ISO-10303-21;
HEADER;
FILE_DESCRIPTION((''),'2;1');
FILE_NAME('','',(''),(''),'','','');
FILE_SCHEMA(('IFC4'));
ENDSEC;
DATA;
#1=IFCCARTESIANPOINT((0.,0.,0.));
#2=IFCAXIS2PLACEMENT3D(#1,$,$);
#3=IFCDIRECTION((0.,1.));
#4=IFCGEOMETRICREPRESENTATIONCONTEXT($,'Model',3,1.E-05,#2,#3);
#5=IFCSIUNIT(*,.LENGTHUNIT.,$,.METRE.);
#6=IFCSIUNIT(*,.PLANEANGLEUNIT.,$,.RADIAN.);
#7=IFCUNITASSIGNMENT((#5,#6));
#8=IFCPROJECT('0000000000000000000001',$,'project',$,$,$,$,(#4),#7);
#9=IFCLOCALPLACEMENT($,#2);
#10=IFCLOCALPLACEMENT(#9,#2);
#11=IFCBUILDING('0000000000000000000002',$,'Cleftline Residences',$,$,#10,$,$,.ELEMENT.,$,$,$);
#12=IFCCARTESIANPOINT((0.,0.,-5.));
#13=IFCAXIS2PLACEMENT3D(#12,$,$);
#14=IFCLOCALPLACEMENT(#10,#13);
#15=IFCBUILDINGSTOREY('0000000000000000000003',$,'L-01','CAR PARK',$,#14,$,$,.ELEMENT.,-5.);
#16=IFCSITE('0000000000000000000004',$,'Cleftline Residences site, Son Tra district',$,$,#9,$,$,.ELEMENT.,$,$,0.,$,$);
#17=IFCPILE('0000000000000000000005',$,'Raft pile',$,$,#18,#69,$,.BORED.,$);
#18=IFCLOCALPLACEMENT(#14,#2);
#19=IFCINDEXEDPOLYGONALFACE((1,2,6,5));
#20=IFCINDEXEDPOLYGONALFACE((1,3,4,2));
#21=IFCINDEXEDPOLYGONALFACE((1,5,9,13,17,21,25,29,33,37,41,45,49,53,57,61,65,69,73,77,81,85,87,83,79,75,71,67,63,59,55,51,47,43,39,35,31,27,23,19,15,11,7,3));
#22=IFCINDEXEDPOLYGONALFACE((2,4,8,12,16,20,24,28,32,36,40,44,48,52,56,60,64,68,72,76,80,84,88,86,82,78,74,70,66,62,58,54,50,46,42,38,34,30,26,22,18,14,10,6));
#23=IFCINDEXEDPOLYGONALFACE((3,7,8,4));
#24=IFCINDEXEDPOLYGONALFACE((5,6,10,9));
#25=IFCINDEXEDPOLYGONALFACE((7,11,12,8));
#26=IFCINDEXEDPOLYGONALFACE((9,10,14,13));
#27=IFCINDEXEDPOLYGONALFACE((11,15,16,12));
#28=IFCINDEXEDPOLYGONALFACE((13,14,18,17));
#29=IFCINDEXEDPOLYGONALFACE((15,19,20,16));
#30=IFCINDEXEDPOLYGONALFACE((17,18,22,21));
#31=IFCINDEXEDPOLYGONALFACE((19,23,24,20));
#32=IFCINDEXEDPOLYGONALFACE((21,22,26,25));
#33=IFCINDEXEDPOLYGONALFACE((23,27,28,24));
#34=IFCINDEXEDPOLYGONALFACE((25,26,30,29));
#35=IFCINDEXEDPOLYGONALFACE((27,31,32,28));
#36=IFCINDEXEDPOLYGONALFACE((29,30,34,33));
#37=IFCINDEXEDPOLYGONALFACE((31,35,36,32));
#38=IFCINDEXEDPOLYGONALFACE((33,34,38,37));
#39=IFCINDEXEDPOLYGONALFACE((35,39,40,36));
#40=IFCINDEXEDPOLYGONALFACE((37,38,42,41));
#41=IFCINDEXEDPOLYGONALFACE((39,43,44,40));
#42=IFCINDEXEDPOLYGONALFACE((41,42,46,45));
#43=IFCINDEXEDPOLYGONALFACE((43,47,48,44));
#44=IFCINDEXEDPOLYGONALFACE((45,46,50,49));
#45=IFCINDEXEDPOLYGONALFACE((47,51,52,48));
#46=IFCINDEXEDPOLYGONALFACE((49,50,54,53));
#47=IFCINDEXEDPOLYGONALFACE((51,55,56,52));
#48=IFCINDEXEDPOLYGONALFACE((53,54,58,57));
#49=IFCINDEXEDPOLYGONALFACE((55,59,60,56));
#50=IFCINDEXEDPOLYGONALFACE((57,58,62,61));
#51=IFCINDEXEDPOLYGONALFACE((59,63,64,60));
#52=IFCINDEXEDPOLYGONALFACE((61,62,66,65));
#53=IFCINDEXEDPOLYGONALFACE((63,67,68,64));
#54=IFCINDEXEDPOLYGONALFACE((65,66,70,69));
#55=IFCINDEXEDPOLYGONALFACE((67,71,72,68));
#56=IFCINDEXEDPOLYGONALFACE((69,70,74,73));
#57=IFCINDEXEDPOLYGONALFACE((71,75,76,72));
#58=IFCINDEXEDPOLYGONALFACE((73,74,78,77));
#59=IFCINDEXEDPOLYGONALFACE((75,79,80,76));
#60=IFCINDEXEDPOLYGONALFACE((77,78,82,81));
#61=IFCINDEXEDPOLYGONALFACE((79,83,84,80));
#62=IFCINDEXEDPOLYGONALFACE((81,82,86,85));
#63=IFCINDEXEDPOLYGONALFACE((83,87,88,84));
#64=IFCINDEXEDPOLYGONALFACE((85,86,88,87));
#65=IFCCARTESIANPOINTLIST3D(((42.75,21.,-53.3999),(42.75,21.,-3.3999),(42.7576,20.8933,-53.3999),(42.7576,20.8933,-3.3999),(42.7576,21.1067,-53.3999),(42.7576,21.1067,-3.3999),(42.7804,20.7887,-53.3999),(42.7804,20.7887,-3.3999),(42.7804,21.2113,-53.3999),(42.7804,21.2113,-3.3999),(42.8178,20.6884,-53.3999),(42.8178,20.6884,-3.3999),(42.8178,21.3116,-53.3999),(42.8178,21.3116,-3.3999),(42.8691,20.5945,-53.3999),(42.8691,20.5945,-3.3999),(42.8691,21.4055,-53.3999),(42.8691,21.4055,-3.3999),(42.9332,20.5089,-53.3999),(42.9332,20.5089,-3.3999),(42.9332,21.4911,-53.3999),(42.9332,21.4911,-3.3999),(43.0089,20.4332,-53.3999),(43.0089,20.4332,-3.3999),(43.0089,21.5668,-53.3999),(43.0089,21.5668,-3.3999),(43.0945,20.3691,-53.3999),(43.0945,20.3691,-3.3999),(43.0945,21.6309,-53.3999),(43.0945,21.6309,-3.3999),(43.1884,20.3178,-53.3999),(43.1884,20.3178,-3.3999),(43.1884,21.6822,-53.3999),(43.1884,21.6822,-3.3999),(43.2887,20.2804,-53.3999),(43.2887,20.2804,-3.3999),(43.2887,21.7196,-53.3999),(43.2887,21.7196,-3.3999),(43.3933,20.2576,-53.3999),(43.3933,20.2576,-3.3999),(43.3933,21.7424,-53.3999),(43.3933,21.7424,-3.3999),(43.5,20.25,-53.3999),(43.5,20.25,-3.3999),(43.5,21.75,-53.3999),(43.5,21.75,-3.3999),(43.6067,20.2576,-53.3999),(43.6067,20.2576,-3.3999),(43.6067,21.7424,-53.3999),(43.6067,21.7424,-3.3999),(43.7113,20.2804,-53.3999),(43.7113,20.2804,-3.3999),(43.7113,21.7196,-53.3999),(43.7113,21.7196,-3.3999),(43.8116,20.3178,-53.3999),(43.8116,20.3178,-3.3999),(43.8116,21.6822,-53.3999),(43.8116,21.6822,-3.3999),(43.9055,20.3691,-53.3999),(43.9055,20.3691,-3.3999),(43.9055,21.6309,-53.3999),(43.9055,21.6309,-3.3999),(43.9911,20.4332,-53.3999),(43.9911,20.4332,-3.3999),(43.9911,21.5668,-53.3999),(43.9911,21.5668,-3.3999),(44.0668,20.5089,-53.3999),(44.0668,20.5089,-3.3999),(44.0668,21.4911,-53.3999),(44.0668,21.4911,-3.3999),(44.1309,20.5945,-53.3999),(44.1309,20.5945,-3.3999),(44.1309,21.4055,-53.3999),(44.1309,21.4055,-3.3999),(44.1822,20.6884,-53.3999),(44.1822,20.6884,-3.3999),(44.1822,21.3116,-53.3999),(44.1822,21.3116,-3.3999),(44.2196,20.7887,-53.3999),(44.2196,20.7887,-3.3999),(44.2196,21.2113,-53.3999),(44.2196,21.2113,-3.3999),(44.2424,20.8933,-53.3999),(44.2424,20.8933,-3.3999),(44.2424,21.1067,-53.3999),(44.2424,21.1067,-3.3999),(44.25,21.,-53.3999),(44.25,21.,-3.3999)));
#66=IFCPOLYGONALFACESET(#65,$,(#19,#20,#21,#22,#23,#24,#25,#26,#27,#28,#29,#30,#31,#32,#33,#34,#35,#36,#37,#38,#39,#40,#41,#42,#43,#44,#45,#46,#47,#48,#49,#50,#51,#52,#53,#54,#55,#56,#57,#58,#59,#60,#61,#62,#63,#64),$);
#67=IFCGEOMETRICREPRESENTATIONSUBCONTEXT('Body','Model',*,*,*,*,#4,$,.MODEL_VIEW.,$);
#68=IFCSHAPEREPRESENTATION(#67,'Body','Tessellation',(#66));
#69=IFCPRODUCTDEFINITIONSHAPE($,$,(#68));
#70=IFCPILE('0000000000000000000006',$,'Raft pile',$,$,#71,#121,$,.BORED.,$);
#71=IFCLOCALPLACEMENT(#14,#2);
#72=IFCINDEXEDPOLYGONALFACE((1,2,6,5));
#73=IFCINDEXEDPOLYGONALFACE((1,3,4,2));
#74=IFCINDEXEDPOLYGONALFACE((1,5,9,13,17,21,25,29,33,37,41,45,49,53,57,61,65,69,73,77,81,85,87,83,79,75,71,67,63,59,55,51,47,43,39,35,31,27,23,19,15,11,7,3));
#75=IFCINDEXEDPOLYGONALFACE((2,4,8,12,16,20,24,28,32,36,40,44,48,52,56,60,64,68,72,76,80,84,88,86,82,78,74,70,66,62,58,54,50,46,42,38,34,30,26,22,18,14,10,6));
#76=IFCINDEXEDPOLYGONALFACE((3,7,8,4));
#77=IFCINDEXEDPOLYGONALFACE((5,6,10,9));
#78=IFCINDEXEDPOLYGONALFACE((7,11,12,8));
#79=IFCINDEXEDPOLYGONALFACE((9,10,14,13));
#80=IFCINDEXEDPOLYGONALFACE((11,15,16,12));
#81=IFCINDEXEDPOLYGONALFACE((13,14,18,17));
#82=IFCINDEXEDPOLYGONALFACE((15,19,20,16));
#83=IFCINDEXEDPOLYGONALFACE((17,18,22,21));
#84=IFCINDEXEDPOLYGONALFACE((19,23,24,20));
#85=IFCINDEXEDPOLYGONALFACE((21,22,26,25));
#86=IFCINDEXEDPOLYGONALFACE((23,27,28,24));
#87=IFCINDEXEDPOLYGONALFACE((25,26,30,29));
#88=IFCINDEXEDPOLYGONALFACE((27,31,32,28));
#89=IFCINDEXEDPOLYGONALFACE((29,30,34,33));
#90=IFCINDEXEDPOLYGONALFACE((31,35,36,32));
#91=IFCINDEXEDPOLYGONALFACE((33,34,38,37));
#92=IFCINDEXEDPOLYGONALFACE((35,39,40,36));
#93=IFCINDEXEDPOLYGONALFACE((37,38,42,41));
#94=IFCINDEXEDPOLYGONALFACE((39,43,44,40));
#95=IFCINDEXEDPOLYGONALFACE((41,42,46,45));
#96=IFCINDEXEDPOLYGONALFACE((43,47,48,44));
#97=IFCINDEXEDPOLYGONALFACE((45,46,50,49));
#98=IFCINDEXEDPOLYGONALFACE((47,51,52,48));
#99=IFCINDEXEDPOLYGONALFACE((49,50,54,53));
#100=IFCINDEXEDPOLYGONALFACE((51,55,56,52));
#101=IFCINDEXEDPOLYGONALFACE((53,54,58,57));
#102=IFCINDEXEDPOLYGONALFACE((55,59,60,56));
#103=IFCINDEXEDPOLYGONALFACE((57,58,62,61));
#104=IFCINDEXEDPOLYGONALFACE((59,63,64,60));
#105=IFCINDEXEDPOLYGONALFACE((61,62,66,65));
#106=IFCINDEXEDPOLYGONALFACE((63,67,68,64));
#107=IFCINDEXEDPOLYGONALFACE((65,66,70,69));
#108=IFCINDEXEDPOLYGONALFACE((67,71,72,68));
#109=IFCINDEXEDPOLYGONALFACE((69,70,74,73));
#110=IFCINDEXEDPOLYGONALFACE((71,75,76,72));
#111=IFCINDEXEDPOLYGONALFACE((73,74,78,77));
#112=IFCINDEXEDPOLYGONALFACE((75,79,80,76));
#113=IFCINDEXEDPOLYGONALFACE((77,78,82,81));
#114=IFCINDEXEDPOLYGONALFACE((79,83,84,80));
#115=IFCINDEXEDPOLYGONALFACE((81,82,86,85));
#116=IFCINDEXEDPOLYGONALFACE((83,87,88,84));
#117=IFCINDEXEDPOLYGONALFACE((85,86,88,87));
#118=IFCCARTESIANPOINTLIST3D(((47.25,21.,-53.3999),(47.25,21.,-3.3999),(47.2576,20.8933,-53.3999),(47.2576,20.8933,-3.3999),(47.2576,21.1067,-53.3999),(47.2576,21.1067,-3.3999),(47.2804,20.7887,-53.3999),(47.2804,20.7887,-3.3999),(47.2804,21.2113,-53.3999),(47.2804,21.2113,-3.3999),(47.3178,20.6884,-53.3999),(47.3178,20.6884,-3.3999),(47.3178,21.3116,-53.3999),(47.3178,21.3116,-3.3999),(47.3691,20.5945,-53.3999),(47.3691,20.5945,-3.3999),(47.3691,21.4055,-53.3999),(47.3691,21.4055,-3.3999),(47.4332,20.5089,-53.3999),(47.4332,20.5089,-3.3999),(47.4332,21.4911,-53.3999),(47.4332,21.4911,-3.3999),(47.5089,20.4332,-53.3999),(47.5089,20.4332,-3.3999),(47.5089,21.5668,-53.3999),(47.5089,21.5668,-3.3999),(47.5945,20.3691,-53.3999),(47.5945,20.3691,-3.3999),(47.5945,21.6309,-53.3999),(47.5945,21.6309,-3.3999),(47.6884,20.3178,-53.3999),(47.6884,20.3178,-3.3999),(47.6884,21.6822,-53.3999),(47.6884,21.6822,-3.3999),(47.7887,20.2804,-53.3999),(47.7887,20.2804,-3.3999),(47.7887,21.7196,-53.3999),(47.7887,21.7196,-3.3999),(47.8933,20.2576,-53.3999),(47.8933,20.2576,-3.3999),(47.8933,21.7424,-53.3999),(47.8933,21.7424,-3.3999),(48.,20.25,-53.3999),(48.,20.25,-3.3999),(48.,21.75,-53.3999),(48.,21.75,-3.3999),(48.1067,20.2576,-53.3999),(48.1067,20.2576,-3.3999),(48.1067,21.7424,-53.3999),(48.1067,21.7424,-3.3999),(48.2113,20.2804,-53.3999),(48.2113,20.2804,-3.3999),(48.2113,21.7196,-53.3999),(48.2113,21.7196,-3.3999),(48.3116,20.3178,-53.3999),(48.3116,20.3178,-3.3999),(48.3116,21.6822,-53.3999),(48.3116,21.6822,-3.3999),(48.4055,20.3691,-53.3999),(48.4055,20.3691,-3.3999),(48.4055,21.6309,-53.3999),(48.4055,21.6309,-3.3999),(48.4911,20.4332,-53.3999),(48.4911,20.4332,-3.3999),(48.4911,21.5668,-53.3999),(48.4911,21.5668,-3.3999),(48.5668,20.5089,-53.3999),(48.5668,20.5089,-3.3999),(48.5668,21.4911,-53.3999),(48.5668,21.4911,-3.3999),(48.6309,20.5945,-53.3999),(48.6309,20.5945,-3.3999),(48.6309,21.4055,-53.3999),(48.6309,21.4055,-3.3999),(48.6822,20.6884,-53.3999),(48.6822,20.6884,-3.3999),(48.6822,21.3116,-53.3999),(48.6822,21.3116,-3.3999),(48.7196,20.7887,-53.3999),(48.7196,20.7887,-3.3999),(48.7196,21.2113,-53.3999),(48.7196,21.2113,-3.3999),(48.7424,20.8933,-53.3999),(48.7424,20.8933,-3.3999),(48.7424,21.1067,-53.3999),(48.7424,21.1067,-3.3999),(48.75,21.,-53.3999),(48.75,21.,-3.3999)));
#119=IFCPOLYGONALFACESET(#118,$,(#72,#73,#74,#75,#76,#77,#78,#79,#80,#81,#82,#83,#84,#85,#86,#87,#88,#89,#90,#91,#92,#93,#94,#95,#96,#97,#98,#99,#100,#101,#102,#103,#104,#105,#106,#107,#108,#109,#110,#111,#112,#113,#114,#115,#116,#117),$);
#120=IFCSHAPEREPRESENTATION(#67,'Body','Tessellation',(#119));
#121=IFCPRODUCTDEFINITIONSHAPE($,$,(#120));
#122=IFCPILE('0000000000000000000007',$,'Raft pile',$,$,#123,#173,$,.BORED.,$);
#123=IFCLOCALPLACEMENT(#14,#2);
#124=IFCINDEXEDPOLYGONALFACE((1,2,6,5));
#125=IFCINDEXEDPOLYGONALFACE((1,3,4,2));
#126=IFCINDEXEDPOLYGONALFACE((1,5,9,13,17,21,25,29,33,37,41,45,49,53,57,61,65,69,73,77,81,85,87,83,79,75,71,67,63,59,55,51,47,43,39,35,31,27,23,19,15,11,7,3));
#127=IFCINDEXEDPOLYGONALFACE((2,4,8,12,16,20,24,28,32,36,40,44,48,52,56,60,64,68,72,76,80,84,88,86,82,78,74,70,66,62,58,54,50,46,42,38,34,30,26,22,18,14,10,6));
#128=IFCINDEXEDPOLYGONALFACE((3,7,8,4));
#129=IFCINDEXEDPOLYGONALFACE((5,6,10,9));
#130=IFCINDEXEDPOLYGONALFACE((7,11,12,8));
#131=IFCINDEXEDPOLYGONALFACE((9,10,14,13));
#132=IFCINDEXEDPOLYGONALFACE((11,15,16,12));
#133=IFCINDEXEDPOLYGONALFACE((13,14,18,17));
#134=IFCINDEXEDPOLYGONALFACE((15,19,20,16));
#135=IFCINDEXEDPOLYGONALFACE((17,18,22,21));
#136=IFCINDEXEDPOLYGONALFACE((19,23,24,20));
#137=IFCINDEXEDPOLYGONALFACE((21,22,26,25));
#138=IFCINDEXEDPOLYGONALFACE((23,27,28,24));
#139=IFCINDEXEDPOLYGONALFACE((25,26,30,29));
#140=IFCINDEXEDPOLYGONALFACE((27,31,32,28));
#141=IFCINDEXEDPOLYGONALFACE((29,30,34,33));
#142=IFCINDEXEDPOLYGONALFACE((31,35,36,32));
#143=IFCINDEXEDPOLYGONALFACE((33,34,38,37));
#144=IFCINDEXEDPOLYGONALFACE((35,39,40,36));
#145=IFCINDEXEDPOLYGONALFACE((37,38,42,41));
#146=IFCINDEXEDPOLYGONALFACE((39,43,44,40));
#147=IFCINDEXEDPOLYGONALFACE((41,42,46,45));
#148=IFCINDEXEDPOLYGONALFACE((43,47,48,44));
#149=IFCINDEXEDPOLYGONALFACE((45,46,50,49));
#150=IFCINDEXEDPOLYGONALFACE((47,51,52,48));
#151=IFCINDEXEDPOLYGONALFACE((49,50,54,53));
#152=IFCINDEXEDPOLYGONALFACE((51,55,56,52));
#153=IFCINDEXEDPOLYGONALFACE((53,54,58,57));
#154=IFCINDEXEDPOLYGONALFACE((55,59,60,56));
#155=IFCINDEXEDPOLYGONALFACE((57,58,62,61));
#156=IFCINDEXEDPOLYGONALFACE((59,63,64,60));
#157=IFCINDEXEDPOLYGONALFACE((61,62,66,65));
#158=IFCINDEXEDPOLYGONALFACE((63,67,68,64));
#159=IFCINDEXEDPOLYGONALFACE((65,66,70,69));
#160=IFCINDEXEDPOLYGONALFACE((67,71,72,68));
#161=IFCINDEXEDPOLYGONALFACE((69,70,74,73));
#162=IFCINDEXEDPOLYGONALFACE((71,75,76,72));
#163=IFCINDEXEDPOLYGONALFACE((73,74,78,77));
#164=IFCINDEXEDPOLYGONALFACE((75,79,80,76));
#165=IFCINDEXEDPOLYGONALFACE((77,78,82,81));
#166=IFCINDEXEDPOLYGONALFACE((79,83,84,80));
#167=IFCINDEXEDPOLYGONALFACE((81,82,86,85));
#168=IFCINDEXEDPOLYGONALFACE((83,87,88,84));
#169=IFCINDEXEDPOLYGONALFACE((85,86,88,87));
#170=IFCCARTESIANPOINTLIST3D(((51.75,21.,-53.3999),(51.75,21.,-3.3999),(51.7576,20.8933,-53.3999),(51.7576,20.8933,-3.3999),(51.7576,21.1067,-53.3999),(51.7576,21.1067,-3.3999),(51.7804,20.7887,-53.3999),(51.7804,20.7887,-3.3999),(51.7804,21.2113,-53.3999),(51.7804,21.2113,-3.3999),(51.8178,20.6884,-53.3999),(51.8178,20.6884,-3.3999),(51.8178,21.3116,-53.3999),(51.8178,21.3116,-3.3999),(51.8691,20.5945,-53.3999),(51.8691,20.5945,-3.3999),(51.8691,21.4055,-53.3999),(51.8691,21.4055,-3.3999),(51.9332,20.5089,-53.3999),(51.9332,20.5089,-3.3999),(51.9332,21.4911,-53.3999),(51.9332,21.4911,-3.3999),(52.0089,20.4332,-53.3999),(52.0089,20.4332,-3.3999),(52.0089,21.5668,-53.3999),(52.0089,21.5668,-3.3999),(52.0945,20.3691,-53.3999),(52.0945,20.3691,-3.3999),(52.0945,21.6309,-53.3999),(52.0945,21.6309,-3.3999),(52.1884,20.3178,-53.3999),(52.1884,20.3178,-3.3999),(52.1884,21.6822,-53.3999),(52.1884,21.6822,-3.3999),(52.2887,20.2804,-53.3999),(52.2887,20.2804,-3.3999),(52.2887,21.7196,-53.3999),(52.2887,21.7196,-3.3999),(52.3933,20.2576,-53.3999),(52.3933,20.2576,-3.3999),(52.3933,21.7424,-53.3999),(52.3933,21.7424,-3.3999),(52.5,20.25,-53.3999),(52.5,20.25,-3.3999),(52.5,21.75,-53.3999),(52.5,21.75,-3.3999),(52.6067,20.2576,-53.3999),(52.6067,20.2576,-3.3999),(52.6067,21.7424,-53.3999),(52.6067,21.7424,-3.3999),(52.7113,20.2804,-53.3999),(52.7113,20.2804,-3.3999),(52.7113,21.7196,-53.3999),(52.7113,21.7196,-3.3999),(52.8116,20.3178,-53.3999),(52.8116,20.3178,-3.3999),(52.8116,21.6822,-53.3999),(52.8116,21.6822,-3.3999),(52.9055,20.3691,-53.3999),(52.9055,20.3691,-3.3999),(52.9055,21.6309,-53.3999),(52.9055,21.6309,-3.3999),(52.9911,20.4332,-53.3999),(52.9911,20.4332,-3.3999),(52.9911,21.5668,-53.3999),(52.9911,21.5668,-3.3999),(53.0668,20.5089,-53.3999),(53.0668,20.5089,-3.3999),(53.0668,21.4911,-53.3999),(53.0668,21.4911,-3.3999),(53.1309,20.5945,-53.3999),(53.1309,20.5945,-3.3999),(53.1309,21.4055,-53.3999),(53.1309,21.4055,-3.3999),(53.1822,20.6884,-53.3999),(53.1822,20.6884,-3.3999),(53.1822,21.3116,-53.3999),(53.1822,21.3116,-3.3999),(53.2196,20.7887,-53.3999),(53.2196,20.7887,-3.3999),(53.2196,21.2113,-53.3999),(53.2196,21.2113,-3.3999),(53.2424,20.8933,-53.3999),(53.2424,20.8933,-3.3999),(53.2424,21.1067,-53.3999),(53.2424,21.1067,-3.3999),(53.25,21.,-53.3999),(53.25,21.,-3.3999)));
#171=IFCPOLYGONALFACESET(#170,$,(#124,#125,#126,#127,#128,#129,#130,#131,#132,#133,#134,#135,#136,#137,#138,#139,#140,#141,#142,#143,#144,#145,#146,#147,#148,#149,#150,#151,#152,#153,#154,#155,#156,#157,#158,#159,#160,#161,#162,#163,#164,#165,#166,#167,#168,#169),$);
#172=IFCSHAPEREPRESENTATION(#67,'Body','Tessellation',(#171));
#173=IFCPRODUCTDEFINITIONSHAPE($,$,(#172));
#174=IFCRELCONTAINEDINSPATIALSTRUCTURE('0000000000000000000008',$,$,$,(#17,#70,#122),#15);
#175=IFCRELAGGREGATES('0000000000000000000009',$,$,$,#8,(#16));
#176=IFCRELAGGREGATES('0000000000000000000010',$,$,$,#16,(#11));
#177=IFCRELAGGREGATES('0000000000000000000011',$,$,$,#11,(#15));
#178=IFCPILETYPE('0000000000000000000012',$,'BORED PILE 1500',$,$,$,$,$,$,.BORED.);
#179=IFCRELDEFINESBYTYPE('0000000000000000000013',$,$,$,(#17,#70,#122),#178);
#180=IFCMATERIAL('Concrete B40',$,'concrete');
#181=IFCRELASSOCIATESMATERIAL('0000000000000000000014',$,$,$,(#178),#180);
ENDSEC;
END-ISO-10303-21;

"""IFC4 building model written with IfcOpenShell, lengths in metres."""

from ifc_helpers import new_model, si_unit, direction, frame, origin, origin_2d, place, context, subcontext, project, spatial, circle, extrude, material, material_profile, profile_set, type_object, element, save


model = new_model("IFC4")

# Units and contexts
model_context = context("Model", 3, precision=1e-05, world=origin(), true_north=direction((0.0, 1.0)))
body_context = subcontext(model_context, "Body", "Model", "MODEL_VIEW")
ifc_project = project(units=[si_unit("LENGTHUNIT", "METRE"), si_unit("PLANEANGLEUNIT", "RADIAN")], contexts=[model_context])

# Site, building, storey
site_placement = place(None, origin())
site = spatial("IfcSite", under=ifc_project, at=site_placement, Name="Cleftline Residences site, Son Tra district", CompositionType="ELEMENT", RefElevation=0.0)
building_placement = place(site_placement, origin())
building = spatial("IfcBuilding", under=site, at=building_placement, Name="Cleftline Residences", CompositionType="ELEMENT")
storey_placement = place(building_placement, frame((0.0, 0.0, -5.0)))
storey = spatial("IfcBuildingStorey", under=building, at=storey_placement, Name="L-01", Description="CAR PARK", CompositionType="ELEMENT", Elevation=-5.0)

# Piles
ifc_material_1 = material(Name="Concrete B40", Category="concrete")
ifc_material_profile_1 = material_profile(ifc_material_1, circle(Radius=0.75, at=origin_2d()))
ifc_profile_set_1 = profile_set([ifc_material_profile_1], Name="Concrete B40")
pile_type = type_object("IfcPileType", Name="BORED PILE 1500", PredefinedType="BORED", material=ifc_profile_set_1)
for number, where, z_axis, x_axis, name in (
    (1, (43.5, 21.0, -3.3999), (0.0, 0.0, -1.0), (1.0, 0.0, 0.0), "Raft pile"),
    (2, (48.0, 21.0, -3.3999), (0.0, 0.0, -1.0), (1.0, 0.0, 0.0), "Raft pile"),
    (3, (52.5, 21.0, -3.3999), (0.0, 0.0, -1.0), (1.0, 0.0, 0.0), "Raft pile"),
):
    element("IfcPile", number, at=place(storey_placement, frame(where, z_axis=z_axis, x_axis=x_axis)), inside=storey, type_object=pile_type, Name=name, PredefinedType="BORED", context=body_context, shape_type="SweptSolid", body=[
        extrude(circle(Radius=0.75, at=origin_2d()), origin(), (0.0, 0.0, 1.0), 50.0),
    ])

save(model, "model.ifc")
